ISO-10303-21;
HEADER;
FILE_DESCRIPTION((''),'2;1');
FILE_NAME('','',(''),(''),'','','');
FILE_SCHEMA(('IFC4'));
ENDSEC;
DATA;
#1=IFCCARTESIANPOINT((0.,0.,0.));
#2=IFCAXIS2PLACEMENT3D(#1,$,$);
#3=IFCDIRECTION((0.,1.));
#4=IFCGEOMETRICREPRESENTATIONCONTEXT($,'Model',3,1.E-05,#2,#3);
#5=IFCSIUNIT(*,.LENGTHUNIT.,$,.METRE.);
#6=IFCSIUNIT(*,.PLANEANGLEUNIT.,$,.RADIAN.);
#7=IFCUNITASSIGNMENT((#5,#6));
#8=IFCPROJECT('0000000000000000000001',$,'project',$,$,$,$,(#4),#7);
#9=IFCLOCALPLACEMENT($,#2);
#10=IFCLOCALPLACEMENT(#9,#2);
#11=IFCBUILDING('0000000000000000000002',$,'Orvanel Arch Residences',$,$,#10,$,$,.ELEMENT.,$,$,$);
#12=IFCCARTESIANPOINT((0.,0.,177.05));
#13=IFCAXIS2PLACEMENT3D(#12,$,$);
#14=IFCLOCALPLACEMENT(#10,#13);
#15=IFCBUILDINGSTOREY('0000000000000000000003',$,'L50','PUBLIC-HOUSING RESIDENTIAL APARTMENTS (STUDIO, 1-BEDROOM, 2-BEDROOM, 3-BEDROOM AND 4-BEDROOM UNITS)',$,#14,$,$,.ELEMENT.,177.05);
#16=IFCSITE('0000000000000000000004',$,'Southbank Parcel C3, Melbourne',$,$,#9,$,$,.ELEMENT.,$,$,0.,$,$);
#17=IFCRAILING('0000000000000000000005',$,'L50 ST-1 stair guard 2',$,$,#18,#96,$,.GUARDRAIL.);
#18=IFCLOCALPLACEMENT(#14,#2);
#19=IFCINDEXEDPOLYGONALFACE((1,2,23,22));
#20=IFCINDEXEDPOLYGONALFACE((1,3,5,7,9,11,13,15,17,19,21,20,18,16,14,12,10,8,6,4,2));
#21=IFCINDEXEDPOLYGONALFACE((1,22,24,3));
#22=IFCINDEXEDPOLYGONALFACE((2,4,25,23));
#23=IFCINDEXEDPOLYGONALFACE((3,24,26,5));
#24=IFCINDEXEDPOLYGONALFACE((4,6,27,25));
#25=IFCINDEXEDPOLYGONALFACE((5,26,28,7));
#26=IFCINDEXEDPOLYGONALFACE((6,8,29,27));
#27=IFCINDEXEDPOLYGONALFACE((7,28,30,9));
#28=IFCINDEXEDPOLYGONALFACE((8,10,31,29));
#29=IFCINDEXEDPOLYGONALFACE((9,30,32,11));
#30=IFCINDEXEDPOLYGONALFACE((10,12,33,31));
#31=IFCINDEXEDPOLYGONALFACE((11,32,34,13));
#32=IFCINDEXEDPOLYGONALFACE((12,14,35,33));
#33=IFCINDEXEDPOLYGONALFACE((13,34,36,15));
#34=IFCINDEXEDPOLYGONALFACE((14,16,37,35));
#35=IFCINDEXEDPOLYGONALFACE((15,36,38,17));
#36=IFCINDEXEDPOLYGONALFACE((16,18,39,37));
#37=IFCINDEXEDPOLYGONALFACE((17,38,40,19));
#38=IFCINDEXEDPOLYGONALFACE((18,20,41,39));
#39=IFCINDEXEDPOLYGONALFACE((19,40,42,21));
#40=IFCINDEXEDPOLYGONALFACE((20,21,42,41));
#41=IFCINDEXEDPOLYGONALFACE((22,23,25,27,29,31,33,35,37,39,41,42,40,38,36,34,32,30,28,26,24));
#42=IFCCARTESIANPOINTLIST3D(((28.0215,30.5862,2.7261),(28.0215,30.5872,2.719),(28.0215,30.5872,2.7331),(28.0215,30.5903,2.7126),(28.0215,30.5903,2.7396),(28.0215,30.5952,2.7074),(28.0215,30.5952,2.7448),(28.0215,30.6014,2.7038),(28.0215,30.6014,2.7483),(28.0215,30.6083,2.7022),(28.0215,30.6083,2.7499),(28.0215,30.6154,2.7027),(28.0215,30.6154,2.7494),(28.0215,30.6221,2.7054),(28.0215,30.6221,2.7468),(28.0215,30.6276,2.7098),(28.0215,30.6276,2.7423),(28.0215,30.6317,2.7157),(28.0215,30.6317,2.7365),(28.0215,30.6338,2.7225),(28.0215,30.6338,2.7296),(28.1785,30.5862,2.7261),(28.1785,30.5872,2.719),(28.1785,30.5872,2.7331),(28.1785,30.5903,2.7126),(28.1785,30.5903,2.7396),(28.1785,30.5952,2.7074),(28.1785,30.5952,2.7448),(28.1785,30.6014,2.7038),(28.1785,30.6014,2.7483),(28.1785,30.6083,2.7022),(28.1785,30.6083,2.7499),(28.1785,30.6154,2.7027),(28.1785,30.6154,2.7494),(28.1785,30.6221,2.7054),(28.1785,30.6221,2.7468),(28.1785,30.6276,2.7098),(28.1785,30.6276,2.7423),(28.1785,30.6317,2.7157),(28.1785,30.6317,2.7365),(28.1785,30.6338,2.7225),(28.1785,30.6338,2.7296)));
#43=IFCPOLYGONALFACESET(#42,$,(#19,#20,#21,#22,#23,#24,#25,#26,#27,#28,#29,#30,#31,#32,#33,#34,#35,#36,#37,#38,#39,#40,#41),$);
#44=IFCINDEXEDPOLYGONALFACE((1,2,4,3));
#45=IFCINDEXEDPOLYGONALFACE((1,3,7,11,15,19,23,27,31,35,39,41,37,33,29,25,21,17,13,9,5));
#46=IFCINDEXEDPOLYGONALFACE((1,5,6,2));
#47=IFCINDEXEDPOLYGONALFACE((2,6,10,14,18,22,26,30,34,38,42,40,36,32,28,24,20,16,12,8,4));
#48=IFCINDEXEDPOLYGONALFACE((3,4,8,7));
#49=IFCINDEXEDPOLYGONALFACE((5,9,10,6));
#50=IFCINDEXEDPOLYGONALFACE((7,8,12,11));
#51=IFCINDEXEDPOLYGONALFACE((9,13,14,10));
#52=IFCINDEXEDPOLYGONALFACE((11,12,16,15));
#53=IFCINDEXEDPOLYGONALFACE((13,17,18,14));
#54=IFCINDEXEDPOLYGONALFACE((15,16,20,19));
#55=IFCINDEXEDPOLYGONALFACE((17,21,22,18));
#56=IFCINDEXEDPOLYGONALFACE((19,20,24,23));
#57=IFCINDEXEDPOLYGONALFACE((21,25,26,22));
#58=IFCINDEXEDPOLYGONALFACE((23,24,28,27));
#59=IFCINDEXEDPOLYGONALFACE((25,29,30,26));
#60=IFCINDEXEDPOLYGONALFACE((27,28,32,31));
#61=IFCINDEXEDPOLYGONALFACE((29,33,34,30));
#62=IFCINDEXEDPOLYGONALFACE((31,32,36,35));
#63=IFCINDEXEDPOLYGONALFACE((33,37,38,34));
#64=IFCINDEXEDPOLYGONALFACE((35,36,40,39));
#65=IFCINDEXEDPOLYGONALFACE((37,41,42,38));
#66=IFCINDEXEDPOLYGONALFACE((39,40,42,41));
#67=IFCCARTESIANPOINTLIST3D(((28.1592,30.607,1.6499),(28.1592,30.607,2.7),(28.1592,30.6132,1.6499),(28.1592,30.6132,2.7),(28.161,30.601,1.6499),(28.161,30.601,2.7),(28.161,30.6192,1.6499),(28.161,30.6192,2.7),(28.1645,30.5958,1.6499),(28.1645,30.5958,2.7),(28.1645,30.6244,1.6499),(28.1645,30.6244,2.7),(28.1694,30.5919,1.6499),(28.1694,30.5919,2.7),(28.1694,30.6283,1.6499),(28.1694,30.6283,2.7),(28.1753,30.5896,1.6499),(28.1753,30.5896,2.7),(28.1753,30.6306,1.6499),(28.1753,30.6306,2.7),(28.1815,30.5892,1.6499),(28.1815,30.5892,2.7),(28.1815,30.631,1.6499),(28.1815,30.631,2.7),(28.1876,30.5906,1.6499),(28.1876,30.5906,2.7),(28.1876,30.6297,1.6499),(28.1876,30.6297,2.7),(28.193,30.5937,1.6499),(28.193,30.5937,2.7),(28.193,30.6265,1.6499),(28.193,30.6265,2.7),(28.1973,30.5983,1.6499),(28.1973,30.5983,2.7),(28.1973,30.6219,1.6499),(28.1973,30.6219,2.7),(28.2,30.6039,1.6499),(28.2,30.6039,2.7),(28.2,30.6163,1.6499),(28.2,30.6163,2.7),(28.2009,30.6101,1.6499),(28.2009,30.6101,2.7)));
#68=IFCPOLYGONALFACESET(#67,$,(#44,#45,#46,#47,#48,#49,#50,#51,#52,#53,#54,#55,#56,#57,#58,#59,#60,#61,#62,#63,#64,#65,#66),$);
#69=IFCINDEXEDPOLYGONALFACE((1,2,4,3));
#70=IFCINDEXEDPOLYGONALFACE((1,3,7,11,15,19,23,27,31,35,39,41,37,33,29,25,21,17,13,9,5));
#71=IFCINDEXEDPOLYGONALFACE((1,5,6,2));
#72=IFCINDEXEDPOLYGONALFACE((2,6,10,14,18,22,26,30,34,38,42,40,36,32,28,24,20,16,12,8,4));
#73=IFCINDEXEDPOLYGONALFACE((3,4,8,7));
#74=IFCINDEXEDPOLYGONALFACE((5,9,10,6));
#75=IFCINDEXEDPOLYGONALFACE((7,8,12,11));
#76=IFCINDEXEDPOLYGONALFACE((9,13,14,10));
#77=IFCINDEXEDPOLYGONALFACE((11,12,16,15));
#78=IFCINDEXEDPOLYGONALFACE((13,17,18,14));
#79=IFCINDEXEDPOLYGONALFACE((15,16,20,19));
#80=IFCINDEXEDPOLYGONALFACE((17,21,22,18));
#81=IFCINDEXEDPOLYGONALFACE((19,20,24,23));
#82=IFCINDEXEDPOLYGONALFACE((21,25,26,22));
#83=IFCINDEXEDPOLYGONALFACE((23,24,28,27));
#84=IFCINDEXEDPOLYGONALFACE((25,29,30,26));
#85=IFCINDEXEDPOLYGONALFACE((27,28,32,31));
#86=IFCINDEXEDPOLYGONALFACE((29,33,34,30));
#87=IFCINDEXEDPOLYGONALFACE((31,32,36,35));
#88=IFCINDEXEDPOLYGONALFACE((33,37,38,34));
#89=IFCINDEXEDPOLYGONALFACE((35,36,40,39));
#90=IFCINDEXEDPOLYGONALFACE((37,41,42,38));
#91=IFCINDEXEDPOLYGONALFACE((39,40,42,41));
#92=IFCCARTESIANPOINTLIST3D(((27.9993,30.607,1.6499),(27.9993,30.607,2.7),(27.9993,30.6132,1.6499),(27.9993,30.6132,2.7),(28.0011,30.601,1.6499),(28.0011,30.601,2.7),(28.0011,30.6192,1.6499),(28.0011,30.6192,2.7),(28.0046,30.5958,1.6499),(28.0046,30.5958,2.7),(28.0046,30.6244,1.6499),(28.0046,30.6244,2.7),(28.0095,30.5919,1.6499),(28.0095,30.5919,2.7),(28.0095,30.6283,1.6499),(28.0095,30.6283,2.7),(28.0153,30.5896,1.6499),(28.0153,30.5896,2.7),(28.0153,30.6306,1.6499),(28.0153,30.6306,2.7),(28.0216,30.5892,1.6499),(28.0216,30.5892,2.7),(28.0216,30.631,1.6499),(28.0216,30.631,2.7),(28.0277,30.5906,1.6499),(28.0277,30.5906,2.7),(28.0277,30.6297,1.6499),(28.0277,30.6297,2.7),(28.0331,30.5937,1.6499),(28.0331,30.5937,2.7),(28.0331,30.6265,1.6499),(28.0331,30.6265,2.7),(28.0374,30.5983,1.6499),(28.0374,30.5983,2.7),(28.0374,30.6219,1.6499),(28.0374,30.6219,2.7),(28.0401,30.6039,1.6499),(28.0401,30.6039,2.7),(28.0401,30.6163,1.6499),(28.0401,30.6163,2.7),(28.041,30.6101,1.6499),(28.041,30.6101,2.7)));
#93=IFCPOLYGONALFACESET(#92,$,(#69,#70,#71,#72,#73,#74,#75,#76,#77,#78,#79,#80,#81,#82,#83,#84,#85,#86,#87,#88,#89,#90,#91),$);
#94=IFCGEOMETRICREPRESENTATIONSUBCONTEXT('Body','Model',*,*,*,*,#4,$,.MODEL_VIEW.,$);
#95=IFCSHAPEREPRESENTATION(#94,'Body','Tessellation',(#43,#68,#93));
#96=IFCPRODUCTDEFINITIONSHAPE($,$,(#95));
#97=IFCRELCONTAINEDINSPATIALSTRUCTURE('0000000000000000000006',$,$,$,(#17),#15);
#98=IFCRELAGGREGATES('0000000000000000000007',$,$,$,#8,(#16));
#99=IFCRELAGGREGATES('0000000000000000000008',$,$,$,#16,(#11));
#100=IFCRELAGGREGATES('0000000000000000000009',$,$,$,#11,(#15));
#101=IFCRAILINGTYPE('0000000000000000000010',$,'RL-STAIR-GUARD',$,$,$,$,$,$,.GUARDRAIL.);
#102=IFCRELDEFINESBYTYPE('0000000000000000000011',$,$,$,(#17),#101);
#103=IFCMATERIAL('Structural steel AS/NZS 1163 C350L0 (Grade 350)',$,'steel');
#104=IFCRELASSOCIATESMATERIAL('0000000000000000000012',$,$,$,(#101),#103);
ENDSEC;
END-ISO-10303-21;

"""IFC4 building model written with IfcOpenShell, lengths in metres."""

from ifc_helpers import new_model, si_unit, direction, frame, origin, origin_2d, place, context, subcontext, project, spatial, circle, extrude, material, type_object, element, save


model = new_model("IFC4")

# Units and contexts
model_context = context("Model", 3, precision=1e-05, world=origin(), true_north=direction((0.0, 1.0)))
body_context = subcontext(model_context, "Body", "Model", "MODEL_VIEW")
ifc_project = project(units=[si_unit("LENGTHUNIT", "METRE"), si_unit("PLANEANGLEUNIT", "RADIAN")], contexts=[model_context])

# Site, building, storey
site_placement = place(None, origin())
site = spatial("IfcSite", under=ifc_project, at=site_placement, Name="Southbank Parcel C3, Melbourne", CompositionType="ELEMENT", RefElevation=0.0)
building_placement = place(site_placement, origin())
building = spatial("IfcBuilding", under=site, at=building_placement, Name="Orvanel Arch Residences", CompositionType="ELEMENT")
storey_placement = place(building_placement, frame((0.0, 0.0, 177.05)))
storey = spatial("IfcBuildingStorey", under=building, at=storey_placement, Name="L50", Description="PUBLIC-HOUSING RESIDENTIAL APARTMENTS (STUDIO, 1-BEDROOM, 2-BEDROOM, 3-BEDROOM AND 4-BEDROOM UNITS)", CompositionType="ELEMENT", Elevation=177.05)

# Railing
ifc_material_1 = material(Name="Structural steel AS/NZS 1163 C350L0 (Grade 350)", Category="steel")
railing_type_1 = type_object("IfcRailingType", Name="RL-STAIR-GUARD", PredefinedType="GUARDRAIL", material=ifc_material_1)
railing_1_placement = place(storey_placement, frame((28.1799, 30.6101, 1.6499)))
element("IfcRailing", 1, at=railing_1_placement, inside=storey, type_object=railing_type_1, Name="L50 ST-1 stair guard 2", PredefinedType="GUARDRAIL", context=body_context, shape_type="SweptSolid", body=[
    extrude(circle(Radius=0.0239, at=origin_2d()), frame((-0.0015, 0.0, 1.0762), z_axis=(-1.0, 0.0, 0.0), x_axis=(0.0, -1.0, 0.0)), (0.0, 0.0, 1.0), 0.157),
    extrude(circle(Radius=0.021, at=origin_2d()), origin(), (0.0, 0.0, 1.0), 1.05),
    extrude(circle(Radius=0.021, at=origin_2d()), frame((-0.1599, 0.0, 0.0)), (0.0, 0.0, 1.0), 1.05),
])

save(model, "model.ifc")
